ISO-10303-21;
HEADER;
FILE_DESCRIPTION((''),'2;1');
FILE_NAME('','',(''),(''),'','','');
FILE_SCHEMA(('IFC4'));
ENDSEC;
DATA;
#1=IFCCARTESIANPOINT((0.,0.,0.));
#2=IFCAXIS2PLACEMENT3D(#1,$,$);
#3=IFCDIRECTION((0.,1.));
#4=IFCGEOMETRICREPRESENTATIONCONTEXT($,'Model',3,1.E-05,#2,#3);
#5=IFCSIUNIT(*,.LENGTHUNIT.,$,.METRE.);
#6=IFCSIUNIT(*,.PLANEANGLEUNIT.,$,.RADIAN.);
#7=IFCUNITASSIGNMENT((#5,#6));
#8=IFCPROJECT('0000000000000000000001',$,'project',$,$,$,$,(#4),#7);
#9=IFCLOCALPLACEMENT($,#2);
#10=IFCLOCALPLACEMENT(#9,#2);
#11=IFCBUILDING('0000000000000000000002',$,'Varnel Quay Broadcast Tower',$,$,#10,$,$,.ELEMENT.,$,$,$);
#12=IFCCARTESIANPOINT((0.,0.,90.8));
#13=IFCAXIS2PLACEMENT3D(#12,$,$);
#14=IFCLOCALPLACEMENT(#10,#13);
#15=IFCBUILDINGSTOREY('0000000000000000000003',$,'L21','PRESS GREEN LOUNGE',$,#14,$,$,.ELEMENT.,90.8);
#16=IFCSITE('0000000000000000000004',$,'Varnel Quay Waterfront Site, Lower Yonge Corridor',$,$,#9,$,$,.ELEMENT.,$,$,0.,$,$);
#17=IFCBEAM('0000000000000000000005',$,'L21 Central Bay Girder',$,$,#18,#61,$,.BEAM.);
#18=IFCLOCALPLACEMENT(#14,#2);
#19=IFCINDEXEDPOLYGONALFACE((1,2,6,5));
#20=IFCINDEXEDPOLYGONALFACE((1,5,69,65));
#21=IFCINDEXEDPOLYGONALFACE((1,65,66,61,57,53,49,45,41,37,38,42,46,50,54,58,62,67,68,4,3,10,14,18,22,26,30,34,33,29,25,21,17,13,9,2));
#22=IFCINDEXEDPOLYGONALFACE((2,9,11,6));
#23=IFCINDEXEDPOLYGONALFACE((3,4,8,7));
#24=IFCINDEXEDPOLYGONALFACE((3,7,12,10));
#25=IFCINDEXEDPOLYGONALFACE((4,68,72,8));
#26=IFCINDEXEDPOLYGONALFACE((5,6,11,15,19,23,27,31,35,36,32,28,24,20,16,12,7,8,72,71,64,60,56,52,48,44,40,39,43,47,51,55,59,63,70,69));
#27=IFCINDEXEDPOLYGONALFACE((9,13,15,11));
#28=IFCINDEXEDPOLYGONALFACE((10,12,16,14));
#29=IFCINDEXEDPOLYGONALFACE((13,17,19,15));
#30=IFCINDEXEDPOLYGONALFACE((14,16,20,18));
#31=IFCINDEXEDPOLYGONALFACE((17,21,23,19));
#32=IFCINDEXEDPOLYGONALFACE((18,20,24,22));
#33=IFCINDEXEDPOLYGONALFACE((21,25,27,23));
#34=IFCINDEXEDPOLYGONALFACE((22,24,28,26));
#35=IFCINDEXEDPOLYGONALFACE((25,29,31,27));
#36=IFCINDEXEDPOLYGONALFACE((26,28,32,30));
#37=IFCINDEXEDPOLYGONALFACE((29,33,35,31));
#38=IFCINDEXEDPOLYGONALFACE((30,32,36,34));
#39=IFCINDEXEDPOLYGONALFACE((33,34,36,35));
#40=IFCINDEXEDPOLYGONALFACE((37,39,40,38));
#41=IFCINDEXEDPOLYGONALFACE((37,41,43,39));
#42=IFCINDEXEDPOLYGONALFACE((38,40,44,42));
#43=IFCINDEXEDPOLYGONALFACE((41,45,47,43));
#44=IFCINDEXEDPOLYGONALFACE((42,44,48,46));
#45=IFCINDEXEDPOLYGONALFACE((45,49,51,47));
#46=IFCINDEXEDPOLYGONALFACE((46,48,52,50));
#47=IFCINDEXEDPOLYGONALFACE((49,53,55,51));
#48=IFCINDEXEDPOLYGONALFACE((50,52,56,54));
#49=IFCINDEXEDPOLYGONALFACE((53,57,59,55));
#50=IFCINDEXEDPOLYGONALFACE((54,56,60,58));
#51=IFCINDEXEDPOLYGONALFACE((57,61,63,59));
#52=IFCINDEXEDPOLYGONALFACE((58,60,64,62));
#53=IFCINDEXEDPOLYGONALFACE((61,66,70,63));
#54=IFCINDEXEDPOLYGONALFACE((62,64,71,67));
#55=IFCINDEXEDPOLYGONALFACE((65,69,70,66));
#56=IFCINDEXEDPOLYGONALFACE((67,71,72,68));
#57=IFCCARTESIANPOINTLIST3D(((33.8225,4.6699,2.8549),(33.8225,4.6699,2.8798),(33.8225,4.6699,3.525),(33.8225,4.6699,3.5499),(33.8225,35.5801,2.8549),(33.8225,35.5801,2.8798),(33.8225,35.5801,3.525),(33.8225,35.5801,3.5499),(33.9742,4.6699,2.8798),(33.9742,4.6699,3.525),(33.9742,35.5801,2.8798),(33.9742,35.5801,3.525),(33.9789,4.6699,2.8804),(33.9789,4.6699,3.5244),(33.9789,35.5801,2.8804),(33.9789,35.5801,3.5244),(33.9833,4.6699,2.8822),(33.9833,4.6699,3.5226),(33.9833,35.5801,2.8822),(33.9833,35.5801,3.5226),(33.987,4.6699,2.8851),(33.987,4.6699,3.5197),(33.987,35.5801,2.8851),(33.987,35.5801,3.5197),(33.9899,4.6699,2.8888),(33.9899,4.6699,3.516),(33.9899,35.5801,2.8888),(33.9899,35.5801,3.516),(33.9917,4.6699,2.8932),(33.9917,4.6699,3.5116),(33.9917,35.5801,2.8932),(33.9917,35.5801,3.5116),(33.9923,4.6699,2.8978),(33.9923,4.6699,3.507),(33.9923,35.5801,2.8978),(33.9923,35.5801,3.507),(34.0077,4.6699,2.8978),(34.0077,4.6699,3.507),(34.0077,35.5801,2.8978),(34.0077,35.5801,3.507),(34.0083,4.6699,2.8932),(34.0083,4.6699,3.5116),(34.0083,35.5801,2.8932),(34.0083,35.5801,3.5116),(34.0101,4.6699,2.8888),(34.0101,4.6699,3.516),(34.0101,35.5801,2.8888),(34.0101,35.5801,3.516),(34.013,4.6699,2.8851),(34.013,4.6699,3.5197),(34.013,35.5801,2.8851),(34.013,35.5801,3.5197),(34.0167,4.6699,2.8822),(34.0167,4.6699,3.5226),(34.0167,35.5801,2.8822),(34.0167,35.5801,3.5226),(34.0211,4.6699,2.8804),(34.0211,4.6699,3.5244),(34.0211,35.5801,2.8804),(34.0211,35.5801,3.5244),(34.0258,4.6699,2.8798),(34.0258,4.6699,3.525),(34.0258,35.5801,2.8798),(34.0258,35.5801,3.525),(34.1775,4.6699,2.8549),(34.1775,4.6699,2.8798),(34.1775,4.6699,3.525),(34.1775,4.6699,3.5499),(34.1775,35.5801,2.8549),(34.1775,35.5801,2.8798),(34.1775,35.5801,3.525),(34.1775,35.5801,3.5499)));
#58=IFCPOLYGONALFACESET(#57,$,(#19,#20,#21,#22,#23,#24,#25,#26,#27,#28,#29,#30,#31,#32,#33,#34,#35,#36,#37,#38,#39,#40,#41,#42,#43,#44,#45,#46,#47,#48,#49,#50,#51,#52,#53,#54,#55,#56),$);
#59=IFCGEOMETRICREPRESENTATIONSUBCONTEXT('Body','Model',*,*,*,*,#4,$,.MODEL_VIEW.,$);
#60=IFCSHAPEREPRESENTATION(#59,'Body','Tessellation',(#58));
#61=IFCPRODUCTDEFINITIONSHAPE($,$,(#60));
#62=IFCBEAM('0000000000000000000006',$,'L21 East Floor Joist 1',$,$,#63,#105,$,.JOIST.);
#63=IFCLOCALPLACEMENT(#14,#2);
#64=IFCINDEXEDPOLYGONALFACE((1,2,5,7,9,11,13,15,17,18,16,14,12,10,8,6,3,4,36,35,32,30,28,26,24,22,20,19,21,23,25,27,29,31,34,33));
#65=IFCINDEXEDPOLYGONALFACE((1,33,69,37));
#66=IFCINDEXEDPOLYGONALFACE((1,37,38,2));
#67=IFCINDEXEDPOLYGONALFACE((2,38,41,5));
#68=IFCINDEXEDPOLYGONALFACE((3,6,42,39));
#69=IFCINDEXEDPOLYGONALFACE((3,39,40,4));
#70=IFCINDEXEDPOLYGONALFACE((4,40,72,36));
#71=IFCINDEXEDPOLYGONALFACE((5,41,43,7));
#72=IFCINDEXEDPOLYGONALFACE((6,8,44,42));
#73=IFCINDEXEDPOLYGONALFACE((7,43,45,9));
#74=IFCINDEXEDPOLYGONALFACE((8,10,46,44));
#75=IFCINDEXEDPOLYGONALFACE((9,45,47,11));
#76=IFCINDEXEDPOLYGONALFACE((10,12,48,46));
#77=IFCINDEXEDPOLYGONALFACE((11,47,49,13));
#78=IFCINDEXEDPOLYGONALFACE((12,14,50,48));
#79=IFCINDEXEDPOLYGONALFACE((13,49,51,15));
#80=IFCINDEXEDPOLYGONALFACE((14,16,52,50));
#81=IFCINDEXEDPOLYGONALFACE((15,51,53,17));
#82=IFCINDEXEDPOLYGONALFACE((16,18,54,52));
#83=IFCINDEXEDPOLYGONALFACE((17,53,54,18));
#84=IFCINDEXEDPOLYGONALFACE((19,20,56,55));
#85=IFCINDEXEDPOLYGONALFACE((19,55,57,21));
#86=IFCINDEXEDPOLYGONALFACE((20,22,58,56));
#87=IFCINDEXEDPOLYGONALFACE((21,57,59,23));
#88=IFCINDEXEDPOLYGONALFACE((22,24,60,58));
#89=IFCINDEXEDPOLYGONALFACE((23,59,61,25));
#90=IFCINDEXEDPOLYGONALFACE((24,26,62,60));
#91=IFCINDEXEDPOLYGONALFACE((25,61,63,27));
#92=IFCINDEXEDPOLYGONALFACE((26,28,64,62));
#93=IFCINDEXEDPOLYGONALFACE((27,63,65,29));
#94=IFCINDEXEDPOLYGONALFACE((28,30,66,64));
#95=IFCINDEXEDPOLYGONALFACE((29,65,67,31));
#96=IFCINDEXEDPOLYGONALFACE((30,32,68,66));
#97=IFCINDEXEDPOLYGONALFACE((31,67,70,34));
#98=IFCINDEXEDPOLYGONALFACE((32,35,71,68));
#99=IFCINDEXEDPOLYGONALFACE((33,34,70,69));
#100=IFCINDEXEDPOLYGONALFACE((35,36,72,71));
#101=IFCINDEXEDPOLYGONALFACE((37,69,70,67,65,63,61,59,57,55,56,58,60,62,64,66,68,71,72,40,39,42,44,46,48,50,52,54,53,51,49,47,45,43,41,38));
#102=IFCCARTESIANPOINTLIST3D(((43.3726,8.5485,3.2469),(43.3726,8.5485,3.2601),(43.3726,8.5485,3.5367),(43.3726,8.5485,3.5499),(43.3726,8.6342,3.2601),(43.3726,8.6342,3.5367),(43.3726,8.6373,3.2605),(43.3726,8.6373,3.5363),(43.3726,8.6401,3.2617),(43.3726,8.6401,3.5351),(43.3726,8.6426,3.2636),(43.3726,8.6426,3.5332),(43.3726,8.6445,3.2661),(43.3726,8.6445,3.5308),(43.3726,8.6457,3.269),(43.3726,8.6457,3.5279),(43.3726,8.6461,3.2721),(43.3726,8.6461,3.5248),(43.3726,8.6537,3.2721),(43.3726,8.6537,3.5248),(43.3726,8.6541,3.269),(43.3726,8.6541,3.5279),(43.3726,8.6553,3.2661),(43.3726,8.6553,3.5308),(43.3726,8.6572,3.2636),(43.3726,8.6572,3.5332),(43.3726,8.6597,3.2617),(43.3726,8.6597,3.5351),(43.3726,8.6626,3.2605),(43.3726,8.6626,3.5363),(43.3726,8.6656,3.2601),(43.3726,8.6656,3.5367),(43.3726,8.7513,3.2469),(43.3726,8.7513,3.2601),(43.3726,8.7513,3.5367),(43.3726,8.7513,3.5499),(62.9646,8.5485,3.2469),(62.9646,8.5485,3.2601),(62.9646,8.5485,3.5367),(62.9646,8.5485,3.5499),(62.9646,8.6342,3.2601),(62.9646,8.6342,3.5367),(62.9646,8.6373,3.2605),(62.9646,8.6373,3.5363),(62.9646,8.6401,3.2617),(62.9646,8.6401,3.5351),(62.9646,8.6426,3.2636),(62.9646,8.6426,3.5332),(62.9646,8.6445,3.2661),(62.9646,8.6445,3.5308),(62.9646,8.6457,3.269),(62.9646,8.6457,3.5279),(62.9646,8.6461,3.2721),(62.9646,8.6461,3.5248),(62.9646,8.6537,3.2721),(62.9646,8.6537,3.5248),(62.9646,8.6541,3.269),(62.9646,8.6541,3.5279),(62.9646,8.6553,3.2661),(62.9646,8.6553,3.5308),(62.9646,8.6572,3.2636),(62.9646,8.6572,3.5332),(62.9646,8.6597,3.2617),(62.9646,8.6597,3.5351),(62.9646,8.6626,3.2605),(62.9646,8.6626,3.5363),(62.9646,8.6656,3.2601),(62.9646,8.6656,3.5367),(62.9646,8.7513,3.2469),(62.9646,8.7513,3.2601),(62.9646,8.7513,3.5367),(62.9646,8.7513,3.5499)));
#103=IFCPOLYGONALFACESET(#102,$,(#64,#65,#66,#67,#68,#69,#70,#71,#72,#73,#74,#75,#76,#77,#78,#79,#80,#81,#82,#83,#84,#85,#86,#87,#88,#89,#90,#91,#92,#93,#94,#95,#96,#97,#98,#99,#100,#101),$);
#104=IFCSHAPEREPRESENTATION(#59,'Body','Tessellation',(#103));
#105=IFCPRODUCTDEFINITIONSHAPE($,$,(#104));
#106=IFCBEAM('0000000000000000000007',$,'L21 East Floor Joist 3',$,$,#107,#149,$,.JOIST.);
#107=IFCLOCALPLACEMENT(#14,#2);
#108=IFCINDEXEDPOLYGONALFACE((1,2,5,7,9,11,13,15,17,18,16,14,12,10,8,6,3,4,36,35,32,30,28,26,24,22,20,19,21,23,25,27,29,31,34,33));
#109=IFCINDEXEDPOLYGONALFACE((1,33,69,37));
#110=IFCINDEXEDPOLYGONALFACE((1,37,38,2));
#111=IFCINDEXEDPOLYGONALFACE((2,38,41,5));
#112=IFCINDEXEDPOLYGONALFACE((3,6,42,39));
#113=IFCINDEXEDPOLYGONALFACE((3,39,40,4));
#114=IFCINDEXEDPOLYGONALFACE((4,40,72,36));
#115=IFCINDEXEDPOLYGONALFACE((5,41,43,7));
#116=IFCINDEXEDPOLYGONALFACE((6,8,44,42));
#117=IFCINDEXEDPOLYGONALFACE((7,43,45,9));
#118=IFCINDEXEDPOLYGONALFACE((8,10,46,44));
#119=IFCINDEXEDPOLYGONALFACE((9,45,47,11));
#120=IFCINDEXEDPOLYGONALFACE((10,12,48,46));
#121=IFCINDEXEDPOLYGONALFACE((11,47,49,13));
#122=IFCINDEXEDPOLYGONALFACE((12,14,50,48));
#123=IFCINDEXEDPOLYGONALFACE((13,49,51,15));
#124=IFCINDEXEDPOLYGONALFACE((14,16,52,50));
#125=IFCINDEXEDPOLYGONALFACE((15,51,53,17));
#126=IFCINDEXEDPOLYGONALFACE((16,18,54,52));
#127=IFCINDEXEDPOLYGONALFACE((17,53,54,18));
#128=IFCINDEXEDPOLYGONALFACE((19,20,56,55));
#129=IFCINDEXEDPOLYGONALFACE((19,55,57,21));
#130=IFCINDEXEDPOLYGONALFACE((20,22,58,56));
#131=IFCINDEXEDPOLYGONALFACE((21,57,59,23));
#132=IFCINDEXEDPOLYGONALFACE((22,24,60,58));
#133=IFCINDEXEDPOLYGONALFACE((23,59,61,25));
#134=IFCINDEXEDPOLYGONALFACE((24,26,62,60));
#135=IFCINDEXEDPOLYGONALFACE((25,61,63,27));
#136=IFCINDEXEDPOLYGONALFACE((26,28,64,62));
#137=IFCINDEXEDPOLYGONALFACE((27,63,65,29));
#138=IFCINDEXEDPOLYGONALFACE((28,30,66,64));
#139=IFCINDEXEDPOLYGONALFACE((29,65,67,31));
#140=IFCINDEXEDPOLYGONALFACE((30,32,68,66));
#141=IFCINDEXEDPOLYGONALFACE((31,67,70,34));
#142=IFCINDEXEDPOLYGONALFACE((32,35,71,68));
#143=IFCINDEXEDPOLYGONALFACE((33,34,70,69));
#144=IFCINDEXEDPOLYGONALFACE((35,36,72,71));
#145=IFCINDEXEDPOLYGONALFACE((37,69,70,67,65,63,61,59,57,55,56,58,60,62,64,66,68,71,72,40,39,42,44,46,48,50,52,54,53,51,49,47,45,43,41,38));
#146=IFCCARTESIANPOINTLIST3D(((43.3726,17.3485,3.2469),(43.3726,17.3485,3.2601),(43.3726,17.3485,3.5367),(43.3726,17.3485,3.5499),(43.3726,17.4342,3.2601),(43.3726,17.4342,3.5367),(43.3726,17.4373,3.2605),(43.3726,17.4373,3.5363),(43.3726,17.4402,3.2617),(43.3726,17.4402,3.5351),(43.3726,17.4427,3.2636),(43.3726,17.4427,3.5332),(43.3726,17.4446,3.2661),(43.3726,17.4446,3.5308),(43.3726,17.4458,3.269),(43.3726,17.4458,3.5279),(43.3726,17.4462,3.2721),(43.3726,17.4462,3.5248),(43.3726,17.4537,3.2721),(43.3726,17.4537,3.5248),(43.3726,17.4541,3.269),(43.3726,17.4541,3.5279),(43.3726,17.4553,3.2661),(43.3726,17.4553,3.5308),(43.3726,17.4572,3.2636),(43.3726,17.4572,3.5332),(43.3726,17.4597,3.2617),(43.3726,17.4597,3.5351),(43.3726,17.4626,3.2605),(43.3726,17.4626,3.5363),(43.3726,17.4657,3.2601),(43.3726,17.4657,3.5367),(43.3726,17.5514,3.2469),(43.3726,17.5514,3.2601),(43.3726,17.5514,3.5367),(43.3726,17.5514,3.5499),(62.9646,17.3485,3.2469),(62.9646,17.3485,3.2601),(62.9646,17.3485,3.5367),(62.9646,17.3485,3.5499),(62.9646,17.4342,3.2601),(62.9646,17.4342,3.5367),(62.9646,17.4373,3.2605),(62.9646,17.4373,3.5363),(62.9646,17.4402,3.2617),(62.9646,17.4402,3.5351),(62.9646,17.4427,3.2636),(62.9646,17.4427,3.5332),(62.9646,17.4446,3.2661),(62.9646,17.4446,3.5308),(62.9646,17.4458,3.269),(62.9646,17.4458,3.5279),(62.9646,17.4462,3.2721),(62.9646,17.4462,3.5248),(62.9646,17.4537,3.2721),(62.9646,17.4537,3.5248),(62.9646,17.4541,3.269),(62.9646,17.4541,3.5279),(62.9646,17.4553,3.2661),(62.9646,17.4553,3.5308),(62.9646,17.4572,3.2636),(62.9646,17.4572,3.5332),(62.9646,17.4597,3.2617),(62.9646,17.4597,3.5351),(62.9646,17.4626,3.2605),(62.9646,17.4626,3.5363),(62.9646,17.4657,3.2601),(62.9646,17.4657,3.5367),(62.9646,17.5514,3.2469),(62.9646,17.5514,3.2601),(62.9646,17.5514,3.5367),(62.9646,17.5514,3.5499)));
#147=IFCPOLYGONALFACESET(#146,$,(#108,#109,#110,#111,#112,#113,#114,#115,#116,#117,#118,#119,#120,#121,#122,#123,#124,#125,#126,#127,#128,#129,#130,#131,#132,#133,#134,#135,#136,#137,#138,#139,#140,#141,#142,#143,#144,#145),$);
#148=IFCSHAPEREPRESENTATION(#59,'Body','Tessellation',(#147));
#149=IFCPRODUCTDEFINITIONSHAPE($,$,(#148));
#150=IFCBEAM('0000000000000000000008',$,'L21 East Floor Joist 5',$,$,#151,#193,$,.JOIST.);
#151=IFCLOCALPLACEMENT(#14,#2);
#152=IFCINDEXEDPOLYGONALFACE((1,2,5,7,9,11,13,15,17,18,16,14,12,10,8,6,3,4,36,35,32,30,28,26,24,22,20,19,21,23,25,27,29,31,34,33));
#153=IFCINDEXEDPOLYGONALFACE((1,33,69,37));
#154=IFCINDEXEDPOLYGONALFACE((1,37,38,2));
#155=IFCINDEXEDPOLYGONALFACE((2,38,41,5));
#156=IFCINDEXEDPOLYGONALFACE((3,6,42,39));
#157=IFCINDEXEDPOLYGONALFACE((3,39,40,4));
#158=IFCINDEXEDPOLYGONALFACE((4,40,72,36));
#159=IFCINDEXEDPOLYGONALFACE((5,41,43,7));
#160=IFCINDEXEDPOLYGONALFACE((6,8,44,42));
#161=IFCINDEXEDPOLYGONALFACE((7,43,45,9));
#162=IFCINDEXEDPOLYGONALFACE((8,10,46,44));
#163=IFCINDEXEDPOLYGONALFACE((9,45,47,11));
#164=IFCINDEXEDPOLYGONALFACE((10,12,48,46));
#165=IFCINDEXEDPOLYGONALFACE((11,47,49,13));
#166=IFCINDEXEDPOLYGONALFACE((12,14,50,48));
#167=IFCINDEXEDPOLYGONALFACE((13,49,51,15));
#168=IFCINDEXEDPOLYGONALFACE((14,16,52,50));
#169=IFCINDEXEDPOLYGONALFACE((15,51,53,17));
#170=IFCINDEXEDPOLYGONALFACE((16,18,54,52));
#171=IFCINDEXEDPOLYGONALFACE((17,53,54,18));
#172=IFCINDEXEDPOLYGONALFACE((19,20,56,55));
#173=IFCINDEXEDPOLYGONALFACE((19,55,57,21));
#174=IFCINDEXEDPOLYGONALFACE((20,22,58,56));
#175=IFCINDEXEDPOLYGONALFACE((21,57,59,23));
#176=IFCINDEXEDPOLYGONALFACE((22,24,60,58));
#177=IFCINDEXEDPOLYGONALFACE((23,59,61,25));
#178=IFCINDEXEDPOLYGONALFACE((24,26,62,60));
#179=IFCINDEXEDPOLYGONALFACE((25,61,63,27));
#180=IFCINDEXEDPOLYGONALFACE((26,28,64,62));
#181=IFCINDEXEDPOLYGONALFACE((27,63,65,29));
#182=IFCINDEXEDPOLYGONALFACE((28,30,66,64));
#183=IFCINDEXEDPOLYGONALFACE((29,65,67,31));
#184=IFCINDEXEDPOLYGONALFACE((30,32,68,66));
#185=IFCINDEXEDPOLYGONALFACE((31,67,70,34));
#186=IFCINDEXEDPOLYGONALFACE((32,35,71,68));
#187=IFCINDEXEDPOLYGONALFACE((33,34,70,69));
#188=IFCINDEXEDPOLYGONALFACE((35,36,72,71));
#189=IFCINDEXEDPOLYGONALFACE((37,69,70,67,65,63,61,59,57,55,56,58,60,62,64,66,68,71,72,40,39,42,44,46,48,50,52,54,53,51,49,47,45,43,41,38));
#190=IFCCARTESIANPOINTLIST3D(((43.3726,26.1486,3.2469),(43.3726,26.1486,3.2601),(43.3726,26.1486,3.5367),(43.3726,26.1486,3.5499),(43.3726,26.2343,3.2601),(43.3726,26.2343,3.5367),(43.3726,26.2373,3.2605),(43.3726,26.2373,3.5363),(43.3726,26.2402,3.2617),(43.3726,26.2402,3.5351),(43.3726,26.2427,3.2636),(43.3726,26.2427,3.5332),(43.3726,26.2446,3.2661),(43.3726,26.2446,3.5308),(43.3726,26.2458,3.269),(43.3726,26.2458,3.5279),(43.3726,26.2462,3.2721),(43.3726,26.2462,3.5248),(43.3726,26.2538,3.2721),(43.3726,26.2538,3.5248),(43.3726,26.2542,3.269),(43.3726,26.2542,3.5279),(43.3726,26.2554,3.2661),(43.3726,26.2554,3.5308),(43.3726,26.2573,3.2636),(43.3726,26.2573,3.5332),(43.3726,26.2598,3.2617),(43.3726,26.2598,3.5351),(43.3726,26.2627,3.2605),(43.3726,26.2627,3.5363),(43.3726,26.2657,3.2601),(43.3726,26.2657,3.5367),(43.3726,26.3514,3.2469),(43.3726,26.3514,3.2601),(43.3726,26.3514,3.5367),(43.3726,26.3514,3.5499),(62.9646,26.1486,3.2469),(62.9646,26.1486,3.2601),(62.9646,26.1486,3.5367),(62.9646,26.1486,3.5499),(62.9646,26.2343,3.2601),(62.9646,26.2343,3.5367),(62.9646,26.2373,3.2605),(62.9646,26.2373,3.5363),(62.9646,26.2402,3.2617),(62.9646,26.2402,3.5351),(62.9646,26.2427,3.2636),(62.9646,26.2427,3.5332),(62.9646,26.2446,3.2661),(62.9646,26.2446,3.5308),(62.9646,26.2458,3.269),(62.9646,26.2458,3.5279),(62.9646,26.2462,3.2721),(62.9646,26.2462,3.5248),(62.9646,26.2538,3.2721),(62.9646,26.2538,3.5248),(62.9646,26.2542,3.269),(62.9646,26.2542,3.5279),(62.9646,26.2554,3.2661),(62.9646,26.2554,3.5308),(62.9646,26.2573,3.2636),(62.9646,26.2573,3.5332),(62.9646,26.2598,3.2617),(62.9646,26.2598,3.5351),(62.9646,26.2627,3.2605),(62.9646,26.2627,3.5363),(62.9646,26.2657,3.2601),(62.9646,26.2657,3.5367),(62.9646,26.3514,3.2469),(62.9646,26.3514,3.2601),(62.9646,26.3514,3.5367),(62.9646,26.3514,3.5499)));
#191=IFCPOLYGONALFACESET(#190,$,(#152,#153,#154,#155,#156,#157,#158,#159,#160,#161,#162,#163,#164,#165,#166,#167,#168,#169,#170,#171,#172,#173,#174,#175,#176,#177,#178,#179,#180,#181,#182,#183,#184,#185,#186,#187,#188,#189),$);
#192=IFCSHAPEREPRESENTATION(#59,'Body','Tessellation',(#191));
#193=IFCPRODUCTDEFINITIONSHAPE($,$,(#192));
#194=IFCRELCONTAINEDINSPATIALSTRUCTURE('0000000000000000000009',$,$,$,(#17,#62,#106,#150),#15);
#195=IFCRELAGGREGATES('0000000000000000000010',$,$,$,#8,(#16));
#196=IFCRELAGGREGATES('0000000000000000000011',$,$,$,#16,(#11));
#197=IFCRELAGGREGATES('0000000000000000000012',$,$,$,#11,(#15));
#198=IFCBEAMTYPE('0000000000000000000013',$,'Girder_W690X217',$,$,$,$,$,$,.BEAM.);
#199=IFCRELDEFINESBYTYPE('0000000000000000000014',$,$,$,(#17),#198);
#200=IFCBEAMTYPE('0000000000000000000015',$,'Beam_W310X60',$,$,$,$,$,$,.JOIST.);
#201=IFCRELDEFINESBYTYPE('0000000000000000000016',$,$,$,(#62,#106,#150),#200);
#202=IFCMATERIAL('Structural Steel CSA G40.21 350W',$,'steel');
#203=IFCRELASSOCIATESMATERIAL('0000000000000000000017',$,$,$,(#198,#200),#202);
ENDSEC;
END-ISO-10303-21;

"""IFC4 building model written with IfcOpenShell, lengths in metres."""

from ifc_helpers import new_model, si_unit, direction, frame, origin, origin_2d, place, context, subcontext, project, spatial, i_section, extrude, source, transform, mapped, material, material_profile, profile_set, type_object, type_shapes, element, save


model = new_model("IFC4")

# Units and contexts
model_context = context("Model", 3, precision=1e-05, world=origin(), true_north=direction((0.0, 1.0)))
body_context = subcontext(model_context, "Body", "Model", "MODEL_VIEW")
ifc_project = project(units=[si_unit("LENGTHUNIT", "METRE"), si_unit("PLANEANGLEUNIT", "RADIAN")], contexts=[model_context])

# Site, building, storey
site_placement = place(None, origin())
site = spatial("IfcSite", under=ifc_project, at=site_placement, Name="Varnel Quay Waterfront Site, Lower Yonge Corridor", CompositionType="ELEMENT", RefElevation=0.0)
building_placement = place(site_placement, origin())
building = spatial("IfcBuilding", under=site, at=building_placement, Name="Varnel Quay Broadcast Tower", CompositionType="ELEMENT")
storey_placement = place(building_placement, frame((0.0, 0.0, 90.8)))
storey = spatial("IfcBuildingStorey", under=building, at=storey_placement, Name="L21", Description="PRESS GREEN LOUNGE", CompositionType="ELEMENT", Elevation=90.8)

# Shared definitions
ifc_material_1 = material(Name="Structural Steel CSA G40.21 350W", Category="steel")

# Beams
ifc_material_profile_1 = material_profile(ifc_material_1, i_section(OverallWidth=0.355, OverallDepth=0.6951, WebThickness=0.0154, FlangeThickness=0.0249, FilletRadius=0.0181, at=origin_2d()), Name="W690X217")
ifc_profile_set_1 = profile_set([ifc_material_profile_1], Name="Structural Steel CSA G40.21 350W")
beam_type_1 = type_object("IfcBeamType", Name="Girder_W690X217", PredefinedType="BEAM", material=ifc_profile_set_1)
shared_shape_1 = source(origin(), body_context, "Body", "SweptSolid", [
    extrude(i_section(OverallWidth=0.355, OverallDepth=0.6951, WebThickness=0.0154, FlangeThickness=0.0249, FilletRadius=0.0181, at=origin_2d()), origin(), (0.0, 0.0, 1.0), 30.9102),
])
beam_1_placement = place(storey_placement, frame((34.0, 4.6699, 3.2024), z_axis=(0.0, 1.0, 0.0), x_axis=(-1.0, 0.0, 0.0)))
element("IfcBeam", 1, at=beam_1_placement, inside=storey, type_object=beam_type_1, Name="L21 Central Bay Girder", PredefinedType="BEAM", context=body_context, shape_type="MappedRepresentation", body=[
    mapped(shared_shape_1, transform((0.0, 0.0, 0.0), x_axis=(1.0, 0.0, 0.0), y_axis=(0.0, 1.0, 0.0), z_axis=(0.0, 0.0, 1.0), scale=1.0)),
])
ifc_material_profile_2 = material_profile(ifc_material_1, i_section(OverallWidth=0.2029, OverallDepth=0.303, WebThickness=0.0076, FlangeThickness=0.0132, FilletRadius=0.012, at=origin_2d()), Name="W310X60")
ifc_profile_set_2 = profile_set([ifc_material_profile_2], Name="Structural Steel CSA G40.21 350W")
beam_type_2 = type_object("IfcBeamType", Name="Beam_W310X60", PredefinedType="JOIST", material=ifc_profile_set_2)
shared_shape_2 = source(origin(), body_context, "Body", "SweptSolid", [
    extrude(i_section(OverallWidth=0.2029, OverallDepth=0.303, WebThickness=0.0076, FlangeThickness=0.0132, FilletRadius=0.012, at=origin_2d()), origin(), (0.0, 0.0, 1.0), 19.592),
])
type_shapes(beam_type_2, [shared_shape_2])
for number, where, z_axis, x_axis, name in (
    (2, (43.3726, 8.6499, 3.3984), (1.0, 0.0, 0.0), (0.0, 1.0, 0.0), "L21 East Floor Joist 1"),
    (3, (43.3726, 17.45, 3.3984), (1.0, 0.0, 0.0), (0.0, 1.0, 0.0), "L21 East Floor Joist 3"),
    (4, (43.3726, 26.25, 3.3984), (1.0, 0.0, 0.0), (0.0, 1.0, 0.0), "L21 East Floor Joist 5"),
):
    element("IfcBeam", number, at=place(storey_placement, frame(where, z_axis=z_axis, x_axis=x_axis)), inside=storey, type_object=beam_type_2, Name=name, PredefinedType="JOIST", context=body_context, shape_type="MappedRepresentation", body=[
        mapped(shared_shape_2, transform((0.0, 0.0, 0.0), x_axis=(1.0, 0.0, 0.0), y_axis=(0.0, 1.0, 0.0), z_axis=(0.0, 0.0, 1.0), scale=1.0)),
    ])

save(model, "model.ifc")
